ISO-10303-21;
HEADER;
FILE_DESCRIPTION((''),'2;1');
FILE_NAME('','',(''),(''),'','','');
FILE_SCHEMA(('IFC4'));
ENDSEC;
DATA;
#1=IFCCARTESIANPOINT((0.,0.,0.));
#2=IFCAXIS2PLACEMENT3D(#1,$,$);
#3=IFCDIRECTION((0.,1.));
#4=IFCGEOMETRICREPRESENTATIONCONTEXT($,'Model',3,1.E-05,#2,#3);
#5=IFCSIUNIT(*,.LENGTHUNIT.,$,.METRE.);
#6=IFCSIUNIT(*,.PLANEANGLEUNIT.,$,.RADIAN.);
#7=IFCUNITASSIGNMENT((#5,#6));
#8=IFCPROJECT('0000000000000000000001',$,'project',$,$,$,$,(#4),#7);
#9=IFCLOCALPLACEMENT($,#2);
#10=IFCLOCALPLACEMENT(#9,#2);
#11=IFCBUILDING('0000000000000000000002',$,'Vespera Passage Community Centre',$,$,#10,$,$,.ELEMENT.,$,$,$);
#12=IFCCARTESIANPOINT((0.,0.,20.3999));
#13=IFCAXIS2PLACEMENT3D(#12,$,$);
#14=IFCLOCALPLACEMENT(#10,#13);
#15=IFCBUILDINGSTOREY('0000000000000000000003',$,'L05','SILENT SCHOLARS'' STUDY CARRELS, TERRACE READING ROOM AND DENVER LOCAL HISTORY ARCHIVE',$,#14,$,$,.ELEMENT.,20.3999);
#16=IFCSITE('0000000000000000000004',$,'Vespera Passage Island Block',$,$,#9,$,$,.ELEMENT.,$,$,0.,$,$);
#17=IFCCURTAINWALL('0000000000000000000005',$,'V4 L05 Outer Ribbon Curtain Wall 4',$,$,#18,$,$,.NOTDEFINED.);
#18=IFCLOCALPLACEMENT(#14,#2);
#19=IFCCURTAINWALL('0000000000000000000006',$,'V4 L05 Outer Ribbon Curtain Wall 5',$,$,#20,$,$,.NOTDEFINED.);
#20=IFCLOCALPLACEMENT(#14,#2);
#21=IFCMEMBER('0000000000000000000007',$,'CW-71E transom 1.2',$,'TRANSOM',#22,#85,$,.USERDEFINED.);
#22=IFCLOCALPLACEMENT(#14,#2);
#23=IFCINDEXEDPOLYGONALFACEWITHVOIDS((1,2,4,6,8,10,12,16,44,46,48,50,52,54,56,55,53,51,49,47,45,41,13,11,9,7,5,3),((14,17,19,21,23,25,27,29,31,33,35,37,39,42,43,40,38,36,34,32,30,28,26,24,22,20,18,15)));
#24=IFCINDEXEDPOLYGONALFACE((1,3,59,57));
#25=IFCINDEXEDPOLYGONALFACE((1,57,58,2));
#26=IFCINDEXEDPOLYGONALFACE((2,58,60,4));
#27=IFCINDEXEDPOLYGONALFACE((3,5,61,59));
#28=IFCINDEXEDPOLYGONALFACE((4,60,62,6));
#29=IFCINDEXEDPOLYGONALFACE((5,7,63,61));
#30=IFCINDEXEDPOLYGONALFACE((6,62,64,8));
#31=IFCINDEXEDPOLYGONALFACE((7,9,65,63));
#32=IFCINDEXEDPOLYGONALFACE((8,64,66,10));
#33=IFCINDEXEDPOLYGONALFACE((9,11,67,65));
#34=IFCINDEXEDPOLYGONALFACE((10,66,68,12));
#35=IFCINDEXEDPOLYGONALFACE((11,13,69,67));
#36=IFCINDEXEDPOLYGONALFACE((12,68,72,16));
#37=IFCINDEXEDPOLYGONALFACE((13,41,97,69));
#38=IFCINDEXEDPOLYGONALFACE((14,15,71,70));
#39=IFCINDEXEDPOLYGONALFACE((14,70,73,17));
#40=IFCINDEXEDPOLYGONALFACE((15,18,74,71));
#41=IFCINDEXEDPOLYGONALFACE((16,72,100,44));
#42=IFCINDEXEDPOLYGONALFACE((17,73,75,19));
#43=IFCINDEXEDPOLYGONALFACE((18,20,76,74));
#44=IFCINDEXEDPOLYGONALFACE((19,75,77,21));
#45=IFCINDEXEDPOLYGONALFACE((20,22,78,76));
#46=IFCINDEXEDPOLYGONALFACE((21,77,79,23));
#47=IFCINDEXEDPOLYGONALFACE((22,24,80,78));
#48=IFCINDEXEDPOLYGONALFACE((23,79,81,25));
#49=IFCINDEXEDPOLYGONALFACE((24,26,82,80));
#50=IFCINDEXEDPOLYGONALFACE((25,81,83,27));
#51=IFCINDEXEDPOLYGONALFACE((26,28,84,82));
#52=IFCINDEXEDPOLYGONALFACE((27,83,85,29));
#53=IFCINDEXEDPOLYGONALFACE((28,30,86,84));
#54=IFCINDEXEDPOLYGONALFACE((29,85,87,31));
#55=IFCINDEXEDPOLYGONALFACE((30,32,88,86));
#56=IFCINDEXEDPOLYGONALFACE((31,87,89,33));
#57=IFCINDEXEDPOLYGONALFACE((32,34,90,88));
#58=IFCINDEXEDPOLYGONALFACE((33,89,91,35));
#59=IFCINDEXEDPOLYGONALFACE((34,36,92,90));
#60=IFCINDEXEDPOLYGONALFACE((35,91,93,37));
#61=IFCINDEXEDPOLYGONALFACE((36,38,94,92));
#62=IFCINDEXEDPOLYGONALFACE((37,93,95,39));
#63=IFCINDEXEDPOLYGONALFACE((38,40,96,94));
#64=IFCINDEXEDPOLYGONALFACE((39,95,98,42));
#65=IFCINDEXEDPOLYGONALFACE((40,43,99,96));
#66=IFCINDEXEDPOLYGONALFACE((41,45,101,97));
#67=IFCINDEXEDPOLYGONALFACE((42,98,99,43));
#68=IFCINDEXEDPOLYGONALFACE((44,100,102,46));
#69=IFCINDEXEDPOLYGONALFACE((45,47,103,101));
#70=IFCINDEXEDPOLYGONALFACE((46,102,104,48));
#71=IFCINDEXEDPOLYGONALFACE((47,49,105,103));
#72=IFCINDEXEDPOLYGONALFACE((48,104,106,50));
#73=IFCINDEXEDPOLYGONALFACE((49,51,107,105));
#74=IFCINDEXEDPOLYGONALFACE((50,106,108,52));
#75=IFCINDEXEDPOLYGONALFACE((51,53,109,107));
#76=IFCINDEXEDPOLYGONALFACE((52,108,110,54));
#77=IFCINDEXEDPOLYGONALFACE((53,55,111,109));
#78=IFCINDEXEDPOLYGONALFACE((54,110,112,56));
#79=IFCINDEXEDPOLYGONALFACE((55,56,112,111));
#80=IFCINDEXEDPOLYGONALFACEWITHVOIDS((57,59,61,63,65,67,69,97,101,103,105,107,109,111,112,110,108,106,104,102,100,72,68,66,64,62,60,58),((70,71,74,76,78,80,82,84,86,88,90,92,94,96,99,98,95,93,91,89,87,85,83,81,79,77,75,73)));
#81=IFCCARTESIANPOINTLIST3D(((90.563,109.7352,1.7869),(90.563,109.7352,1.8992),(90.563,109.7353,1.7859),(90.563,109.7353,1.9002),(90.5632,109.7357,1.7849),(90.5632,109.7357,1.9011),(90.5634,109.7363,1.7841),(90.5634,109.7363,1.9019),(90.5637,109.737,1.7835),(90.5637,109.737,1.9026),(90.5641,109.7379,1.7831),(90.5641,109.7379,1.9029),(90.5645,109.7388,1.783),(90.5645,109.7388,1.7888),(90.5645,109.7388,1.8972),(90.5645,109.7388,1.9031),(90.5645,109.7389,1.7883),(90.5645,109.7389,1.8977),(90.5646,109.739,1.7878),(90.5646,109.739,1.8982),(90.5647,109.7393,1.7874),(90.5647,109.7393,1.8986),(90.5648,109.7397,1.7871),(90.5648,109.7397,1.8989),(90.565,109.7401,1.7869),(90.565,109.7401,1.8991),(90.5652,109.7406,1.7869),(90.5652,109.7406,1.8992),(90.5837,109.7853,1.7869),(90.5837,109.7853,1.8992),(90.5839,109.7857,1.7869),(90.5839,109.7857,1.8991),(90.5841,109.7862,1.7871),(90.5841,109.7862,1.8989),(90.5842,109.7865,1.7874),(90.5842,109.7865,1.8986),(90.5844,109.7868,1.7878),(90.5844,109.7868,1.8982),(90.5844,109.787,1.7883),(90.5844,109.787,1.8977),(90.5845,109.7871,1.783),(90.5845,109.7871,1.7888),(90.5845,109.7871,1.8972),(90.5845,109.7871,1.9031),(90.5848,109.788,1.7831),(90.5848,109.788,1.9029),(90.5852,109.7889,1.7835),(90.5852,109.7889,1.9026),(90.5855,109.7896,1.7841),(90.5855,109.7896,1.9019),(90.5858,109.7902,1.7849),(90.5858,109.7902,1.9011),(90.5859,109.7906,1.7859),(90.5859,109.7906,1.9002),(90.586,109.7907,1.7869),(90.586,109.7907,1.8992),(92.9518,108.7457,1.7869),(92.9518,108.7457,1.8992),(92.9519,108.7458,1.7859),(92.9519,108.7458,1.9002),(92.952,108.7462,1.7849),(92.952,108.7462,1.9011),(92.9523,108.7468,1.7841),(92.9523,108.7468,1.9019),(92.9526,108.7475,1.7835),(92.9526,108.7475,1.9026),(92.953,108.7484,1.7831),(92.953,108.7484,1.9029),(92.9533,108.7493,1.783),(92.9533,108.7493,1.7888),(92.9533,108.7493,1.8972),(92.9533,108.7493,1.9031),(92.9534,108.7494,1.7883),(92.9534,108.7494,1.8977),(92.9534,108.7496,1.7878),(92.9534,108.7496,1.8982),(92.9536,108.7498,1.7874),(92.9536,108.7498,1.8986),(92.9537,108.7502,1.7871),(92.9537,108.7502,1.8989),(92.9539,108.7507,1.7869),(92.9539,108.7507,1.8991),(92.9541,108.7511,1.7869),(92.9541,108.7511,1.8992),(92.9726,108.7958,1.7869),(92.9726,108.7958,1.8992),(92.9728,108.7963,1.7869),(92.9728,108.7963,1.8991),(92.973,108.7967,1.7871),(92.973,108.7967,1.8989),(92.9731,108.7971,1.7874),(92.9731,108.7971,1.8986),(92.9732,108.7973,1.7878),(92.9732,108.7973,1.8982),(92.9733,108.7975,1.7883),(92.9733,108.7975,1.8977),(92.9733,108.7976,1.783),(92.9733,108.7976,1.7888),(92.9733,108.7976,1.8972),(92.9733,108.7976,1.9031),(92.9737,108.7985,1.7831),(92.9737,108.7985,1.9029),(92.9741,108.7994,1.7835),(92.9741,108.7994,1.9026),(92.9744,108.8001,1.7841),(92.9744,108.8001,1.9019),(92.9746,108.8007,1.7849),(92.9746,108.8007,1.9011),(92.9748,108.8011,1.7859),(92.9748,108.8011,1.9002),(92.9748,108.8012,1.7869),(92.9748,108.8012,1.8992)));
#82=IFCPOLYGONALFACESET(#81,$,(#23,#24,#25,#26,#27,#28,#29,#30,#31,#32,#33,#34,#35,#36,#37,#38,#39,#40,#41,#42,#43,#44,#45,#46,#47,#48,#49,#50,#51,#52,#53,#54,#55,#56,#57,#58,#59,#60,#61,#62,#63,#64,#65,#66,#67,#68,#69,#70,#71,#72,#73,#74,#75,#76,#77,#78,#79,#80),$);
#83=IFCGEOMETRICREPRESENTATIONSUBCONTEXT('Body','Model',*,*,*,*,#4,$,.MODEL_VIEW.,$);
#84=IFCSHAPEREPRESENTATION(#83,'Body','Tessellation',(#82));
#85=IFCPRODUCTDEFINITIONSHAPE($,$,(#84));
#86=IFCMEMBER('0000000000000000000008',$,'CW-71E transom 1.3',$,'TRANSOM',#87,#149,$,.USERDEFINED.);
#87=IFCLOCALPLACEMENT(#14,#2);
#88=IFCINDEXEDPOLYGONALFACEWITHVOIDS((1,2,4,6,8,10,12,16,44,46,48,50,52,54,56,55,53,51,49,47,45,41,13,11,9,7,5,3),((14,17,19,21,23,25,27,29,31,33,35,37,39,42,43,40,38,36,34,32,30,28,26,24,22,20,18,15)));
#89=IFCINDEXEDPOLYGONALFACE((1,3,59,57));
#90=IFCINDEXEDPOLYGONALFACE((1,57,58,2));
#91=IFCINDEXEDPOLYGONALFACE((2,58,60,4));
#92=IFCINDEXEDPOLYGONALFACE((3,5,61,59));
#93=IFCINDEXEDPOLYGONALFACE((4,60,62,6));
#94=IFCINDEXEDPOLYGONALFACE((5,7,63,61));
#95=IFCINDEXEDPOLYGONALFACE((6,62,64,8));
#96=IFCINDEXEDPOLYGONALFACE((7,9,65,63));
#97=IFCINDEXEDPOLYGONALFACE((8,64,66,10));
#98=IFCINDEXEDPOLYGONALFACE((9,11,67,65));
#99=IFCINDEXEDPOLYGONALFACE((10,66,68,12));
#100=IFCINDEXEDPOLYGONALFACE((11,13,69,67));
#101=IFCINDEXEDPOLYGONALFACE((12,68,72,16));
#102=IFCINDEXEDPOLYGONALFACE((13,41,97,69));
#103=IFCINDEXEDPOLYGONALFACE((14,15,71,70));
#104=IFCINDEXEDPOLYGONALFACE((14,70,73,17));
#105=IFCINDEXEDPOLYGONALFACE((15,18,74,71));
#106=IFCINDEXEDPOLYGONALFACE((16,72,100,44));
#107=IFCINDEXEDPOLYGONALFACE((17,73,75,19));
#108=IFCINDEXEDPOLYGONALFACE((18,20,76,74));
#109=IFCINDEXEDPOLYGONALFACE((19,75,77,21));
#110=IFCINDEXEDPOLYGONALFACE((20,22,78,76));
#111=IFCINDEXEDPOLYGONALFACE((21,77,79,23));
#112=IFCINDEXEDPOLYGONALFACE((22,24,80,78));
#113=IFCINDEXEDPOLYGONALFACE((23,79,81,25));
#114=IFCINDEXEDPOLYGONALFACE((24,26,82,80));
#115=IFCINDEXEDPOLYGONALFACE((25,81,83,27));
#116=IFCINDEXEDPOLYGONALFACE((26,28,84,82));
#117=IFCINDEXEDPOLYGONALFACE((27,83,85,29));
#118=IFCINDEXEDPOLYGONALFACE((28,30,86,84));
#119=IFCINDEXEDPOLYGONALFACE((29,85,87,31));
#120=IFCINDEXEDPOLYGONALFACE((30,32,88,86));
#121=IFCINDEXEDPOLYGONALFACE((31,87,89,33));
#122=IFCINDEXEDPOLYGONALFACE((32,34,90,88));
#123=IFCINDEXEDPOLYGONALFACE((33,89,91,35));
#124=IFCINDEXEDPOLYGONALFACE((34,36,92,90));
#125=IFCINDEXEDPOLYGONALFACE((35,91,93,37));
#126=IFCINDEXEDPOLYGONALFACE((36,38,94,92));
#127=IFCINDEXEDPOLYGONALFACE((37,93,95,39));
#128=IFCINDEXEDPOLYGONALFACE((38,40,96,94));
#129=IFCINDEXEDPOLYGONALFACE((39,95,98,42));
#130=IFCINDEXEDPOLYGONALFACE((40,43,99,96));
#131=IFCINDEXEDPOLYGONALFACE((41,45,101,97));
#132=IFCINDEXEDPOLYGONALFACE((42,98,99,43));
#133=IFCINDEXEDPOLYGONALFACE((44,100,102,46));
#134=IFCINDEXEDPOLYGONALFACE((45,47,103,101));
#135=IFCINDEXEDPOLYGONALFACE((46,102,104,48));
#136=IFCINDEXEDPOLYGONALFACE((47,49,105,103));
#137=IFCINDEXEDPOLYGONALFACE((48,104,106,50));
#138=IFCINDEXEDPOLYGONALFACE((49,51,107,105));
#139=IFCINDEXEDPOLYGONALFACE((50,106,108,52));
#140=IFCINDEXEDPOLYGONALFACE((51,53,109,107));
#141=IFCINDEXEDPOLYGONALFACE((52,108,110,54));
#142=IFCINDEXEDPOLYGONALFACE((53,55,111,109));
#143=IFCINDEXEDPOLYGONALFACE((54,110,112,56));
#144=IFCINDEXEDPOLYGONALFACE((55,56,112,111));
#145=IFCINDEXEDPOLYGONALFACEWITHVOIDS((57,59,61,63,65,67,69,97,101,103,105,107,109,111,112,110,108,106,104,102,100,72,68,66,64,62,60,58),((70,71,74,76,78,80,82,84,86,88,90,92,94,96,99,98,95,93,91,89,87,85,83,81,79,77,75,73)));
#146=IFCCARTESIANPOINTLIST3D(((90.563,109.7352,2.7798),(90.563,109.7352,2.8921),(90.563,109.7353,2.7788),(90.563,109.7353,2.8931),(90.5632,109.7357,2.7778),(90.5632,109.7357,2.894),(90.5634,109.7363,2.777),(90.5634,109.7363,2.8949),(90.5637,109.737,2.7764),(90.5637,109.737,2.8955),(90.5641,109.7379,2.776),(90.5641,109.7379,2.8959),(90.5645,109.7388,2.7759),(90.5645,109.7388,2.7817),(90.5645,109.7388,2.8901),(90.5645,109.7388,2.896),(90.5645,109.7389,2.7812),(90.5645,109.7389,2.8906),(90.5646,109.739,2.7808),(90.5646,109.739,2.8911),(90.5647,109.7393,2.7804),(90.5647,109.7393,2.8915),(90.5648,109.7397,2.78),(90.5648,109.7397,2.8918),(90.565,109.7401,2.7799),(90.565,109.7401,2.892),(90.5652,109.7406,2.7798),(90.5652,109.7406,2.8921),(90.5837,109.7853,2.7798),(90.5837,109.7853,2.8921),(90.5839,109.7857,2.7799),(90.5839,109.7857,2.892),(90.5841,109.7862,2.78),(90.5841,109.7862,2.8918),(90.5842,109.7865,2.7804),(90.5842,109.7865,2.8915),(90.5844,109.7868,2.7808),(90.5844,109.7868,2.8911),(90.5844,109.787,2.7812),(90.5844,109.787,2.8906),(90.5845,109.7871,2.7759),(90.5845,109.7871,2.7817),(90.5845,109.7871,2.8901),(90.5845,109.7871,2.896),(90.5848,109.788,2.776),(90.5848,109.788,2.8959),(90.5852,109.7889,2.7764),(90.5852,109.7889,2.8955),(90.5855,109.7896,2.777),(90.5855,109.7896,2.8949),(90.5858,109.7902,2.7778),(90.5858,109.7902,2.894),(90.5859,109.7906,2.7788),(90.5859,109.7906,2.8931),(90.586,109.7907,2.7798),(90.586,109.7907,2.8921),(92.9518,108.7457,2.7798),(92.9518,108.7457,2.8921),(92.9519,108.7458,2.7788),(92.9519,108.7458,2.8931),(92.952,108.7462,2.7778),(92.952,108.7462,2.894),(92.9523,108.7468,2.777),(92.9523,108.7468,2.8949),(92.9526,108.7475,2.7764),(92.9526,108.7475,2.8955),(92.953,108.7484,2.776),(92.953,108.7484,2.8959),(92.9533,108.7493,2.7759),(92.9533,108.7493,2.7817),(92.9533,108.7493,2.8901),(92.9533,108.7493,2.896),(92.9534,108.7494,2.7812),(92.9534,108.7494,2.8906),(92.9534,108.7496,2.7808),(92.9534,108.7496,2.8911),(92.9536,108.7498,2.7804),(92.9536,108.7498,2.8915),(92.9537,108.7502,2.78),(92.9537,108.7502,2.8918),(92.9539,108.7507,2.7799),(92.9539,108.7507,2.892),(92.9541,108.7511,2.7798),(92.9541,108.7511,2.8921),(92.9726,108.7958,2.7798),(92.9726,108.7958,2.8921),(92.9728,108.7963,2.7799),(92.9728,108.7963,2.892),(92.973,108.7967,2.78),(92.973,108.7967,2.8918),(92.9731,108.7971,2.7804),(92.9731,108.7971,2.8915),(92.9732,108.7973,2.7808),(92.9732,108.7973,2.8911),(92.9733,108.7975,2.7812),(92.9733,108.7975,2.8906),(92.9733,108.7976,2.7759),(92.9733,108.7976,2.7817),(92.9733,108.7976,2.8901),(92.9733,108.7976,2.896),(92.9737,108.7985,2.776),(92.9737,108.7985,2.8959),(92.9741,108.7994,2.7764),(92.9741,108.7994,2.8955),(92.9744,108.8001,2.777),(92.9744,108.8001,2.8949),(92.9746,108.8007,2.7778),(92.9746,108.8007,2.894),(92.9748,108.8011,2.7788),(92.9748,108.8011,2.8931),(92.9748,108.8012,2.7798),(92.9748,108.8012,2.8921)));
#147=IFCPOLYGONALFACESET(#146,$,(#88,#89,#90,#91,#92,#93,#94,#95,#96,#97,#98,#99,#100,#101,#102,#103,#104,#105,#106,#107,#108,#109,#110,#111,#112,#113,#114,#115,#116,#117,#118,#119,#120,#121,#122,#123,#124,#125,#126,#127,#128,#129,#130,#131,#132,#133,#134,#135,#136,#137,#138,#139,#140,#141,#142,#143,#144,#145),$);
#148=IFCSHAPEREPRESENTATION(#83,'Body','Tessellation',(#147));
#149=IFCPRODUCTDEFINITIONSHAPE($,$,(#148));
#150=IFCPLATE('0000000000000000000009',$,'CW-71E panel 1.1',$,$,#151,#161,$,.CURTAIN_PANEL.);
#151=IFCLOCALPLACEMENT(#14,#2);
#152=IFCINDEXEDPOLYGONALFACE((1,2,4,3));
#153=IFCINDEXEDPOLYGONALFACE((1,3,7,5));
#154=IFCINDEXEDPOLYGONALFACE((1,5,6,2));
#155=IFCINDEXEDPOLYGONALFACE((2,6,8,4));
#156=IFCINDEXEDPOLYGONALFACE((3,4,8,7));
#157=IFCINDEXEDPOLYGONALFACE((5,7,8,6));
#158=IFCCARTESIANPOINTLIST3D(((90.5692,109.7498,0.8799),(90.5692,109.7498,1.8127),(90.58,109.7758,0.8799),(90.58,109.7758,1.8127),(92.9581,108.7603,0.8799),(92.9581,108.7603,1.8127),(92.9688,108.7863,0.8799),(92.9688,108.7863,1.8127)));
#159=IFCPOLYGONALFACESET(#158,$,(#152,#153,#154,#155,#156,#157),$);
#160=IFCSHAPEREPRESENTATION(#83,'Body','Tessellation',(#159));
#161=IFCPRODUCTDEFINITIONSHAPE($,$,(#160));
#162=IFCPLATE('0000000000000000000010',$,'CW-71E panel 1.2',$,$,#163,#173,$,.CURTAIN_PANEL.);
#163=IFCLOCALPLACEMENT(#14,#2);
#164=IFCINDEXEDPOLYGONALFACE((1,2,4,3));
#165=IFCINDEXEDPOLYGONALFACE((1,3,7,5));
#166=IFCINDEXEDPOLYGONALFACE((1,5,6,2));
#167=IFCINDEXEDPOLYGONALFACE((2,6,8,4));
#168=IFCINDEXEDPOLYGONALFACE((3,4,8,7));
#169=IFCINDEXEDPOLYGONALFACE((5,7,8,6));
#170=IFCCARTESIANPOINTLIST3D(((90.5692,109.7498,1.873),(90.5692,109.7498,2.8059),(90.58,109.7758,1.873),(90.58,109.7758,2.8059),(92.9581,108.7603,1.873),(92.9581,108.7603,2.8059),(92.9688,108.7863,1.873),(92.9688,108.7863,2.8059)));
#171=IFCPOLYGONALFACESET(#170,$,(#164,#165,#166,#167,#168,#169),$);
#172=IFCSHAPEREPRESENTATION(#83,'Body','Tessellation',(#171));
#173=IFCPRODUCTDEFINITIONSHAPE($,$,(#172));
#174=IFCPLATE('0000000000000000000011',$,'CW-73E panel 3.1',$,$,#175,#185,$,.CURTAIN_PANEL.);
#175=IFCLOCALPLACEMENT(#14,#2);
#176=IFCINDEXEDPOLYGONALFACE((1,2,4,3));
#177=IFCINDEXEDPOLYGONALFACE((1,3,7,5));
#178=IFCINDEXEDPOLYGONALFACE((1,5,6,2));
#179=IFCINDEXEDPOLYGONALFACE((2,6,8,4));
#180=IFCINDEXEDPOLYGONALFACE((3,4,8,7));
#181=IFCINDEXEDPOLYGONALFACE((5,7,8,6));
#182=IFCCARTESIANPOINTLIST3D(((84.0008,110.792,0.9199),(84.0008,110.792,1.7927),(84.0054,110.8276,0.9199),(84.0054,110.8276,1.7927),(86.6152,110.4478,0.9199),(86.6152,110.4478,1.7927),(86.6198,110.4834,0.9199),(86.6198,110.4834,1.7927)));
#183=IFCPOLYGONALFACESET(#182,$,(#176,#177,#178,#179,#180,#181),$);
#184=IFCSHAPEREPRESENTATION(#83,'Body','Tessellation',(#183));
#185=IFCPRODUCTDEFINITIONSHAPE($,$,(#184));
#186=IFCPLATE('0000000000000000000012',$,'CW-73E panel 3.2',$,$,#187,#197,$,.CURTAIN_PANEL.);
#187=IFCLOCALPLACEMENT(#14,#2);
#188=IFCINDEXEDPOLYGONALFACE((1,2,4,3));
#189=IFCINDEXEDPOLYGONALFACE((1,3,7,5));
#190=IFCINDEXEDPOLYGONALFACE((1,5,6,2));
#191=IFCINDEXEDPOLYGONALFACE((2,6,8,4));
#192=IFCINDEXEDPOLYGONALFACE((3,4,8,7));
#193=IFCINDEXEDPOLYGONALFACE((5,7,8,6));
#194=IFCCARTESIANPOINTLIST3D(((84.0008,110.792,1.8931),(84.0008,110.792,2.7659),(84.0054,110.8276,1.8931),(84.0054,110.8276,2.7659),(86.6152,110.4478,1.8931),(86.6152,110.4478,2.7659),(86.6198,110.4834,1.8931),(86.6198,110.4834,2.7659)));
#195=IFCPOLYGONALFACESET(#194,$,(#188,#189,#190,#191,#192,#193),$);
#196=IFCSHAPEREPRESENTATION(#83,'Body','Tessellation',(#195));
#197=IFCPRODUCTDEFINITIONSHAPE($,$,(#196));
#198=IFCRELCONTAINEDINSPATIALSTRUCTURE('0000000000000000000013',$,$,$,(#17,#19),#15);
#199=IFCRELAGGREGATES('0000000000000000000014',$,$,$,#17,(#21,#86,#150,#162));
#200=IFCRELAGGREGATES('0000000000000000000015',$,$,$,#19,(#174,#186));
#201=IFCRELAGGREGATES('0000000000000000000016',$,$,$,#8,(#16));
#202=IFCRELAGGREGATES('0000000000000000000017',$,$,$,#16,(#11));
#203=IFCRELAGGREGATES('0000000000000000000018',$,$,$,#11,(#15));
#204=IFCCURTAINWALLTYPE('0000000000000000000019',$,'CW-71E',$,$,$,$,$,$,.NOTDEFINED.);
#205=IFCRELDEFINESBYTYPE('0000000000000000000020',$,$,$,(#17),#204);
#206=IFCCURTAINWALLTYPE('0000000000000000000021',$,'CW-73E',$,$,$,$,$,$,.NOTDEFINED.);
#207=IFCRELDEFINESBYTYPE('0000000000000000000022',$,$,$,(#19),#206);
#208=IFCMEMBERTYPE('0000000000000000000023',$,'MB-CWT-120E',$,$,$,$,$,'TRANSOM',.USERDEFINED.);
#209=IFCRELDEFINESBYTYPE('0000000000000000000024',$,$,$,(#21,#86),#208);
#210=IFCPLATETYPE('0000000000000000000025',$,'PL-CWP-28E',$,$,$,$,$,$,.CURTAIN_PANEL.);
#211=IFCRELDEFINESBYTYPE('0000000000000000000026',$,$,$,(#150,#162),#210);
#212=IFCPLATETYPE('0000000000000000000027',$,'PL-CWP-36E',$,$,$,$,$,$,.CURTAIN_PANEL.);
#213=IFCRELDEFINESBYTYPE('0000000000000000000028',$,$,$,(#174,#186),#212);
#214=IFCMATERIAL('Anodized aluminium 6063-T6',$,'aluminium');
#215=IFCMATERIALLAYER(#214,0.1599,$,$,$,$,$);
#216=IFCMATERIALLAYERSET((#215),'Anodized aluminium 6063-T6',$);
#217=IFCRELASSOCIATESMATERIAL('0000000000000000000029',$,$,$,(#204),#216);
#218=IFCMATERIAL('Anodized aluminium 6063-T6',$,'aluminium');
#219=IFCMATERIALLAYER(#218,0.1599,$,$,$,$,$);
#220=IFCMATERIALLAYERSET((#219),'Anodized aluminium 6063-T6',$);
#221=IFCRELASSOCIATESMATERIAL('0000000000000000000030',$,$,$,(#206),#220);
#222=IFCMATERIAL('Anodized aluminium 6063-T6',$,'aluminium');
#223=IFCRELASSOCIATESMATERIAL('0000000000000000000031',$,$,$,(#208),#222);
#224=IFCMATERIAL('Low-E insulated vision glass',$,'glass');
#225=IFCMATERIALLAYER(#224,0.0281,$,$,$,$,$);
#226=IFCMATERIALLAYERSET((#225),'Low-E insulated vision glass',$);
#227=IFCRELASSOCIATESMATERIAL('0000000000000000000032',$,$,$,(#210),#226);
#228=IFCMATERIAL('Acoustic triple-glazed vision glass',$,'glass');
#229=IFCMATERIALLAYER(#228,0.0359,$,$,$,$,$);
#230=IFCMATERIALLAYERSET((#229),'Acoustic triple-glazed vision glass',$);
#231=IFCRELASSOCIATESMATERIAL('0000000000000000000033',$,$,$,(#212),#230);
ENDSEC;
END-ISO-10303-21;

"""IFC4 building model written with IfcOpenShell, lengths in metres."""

from ifc_helpers import new_model, si_unit, direction, frame, origin, origin_2d, place, context, subcontext, project, spatial, rectangle, hollow_rectangle, extrude, material, layer, layer_set, material_profile, profile_set, type_object, element, aggregate, save


model = new_model("IFC4")

# Units and contexts
model_context = context("Model", 3, precision=1e-05, world=origin(), true_north=direction((0.0, 1.0)))
body_context = subcontext(model_context, "Body", "Model", "MODEL_VIEW")
ifc_project = project(units=[si_unit("LENGTHUNIT", "METRE"), si_unit("PLANEANGLEUNIT", "RADIAN")], contexts=[model_context])

# Site, building, storey
site_placement = place(None, origin())
site = spatial("IfcSite", under=ifc_project, at=site_placement, Name="Vespera Passage Island Block", CompositionType="ELEMENT", RefElevation=0.0)
building_placement = place(site_placement, origin())
building = spatial("IfcBuilding", under=site, at=building_placement, Name="Vespera Passage Community Centre", CompositionType="ELEMENT")
storey_placement = place(building_placement, frame((0.0, 0.0, 20.3999)))
storey = spatial("IfcBuildingStorey", under=building, at=storey_placement, Name="L05", Description="SILENT SCHOLARS' STUDY CARRELS, TERRACE READING ROOM AND DENVER LOCAL HISTORY ARCHIVE", CompositionType="ELEMENT", Elevation=20.3999)

# Curtain wall
ifc_material_1 = material(Name="Anodized aluminium 6063-T6", Category="aluminium")
ifc_layer_1 = layer(ifc_material_1, 0.1599)
ifc_layer_set_1 = layer_set([ifc_layer_1], Name="Anodized aluminium 6063-T6")
curtain_wall_type_1 = type_object("IfcCurtainWallType", Name="CW-71E", PredefinedType="NOTDEFINED", material=ifc_layer_set_1)
curtain_wall_1_placement = place(storey_placement, origin())
curtain_wall_1 = element("IfcCurtainWall", 1, at=curtain_wall_1_placement, inside=storey, type_object=curtain_wall_type_1, Name="V4 L05 Outer Ribbon Curtain Wall 4", PredefinedType="NOTDEFINED")

# Curtain wall
ifc_material_2 = material(Name="Anodized aluminium 6063-T6", Category="aluminium")
ifc_layer_2 = layer(ifc_material_2, 0.1599)
ifc_layer_set_2 = layer_set([ifc_layer_2], Name="Anodized aluminium 6063-T6")
curtain_wall_type_2 = type_object("IfcCurtainWallType", Name="CW-73E", PredefinedType="NOTDEFINED", material=ifc_layer_set_2)
curtain_wall_2_placement = place(storey_placement, origin())
curtain_wall_2 = element("IfcCurtainWall", 2, at=curtain_wall_2_placement, inside=storey, type_object=curtain_wall_type_2, Name="V4 L05 Outer Ribbon Curtain Wall 5", PredefinedType="NOTDEFINED")

# Members
ifc_material_3 = material(Name="Anodized aluminium 6063-T6", Category="aluminium")
ifc_material_profile_1 = material_profile(ifc_material_3, hollow_rectangle(XDim=0.0601, YDim=0.1201, WallThickness=0.0039, InnerFilletRadius=0.002, OuterFilletRadius=0.0039, at=origin_2d()), Name="ALU120X60X4")
ifc_profile_set_1 = profile_set([ifc_material_profile_1], Name="Anodized aluminium 6063-T6")
member_type_1 = type_object("IfcMemberType", Name="MB-CWT-120E", ElementType="TRANSOM", PredefinedType="USERDEFINED", material=ifc_profile_set_1)
member_1_placement = place(storey_placement, frame((90.5745, 109.7629, 1.843), z_axis=(0.923882, -0.382677, 0.0), x_axis=(0.382677, 0.923882, 0.0)))
member_1 = element("IfcMember", 3, at=member_1_placement, type_object=member_type_1, Name="CW-71E transom 1.2", ObjectType="TRANSOM", PredefinedType="USERDEFINED", context=body_context, shape_type="SweptSolid", body=[
    extrude(hollow_rectangle(XDim=0.0601, YDim=0.1201, WallThickness=0.0039, InnerFilletRadius=0.002, OuterFilletRadius=0.0039, at=origin_2d()), origin(), (0.0, 0.0, 1.0), 2.5857),
])
member_2_placement = place(storey_placement, frame((90.5745, 109.7629, 2.8359), z_axis=(0.923882, -0.382677, 0.0), x_axis=(0.382677, 0.923882, 0.0)))
member_2 = element("IfcMember", 4, at=member_2_placement, type_object=member_type_1, Name="CW-71E transom 1.3", ObjectType="TRANSOM", PredefinedType="USERDEFINED", context=body_context, shape_type="SweptSolid", body=[
    extrude(hollow_rectangle(XDim=0.0601, YDim=0.1201, WallThickness=0.0039, InnerFilletRadius=0.002, OuterFilletRadius=0.0039, at=origin_2d()), origin(), (0.0, 0.0, 1.0), 2.5857),
])

# Plates
ifc_material_4 = material(Name="Low-E insulated vision glass", Category="glass")
ifc_layer_3 = layer(ifc_material_4, 0.0281)
ifc_layer_set_3 = layer_set([ifc_layer_3], Name="Low-E insulated vision glass")
plate_type_1 = type_object("IfcPlateType", Name="PL-CWP-28E", PredefinedType="CURTAIN_PANEL", material=ifc_layer_set_3)
plate_1_placement = place(storey_placement, frame((91.769, 109.2681, 0.8799), z_axis=(0.0, 0.0, 1.0), x_axis=(0.92388, -0.382683, 0.0)))
plate_1 = element("IfcPlate", 5, at=plate_1_placement, type_object=plate_type_1, Name="CW-71E panel 1.1", PredefinedType="CURTAIN_PANEL", context=body_context, shape_type="SweptSolid", body=[
    extrude(rectangle(XDim=2.5857, YDim=0.0281, at=origin_2d()), origin(), (0.0, 0.0, 1.0), 0.9329),
])
plate_2_placement = place(storey_placement, frame((91.769, 109.2681, 1.873), z_axis=(0.0, 0.0, 1.0), x_axis=(0.92388, -0.382683, 0.0)))
plate_2 = element("IfcPlate", 6, at=plate_2_placement, type_object=plate_type_1, Name="CW-71E panel 1.2", PredefinedType="CURTAIN_PANEL", context=body_context, shape_type="SweptSolid", body=[
    extrude(rectangle(XDim=2.5857, YDim=0.0281, at=origin_2d()), origin(), (0.0, 0.0, 1.0), 0.9329),
])
aggregate(curtain_wall_1, [member_1, member_2, plate_1, plate_2])
ifc_material_5 = material(Name="Acoustic triple-glazed vision glass", Category="glass")
ifc_layer_4 = layer(ifc_material_5, 0.0359)
ifc_layer_set_4 = layer_set([ifc_layer_4], Name="Acoustic triple-glazed vision glass")
plate_type_2 = type_object("IfcPlateType", Name="PL-CWP-36E", PredefinedType="CURTAIN_PANEL", material=ifc_layer_set_4)
plate_3_placement = place(storey_placement, frame((85.3103, 110.6377, 0.9199), z_axis=(0.0, 0.0, 1.0), x_axis=(0.991444, -0.130531, 0.0)))
plate_3 = element("IfcPlate", 7, at=plate_3_placement, type_object=plate_type_2, Name="CW-73E panel 3.1", PredefinedType="CURTAIN_PANEL", context=body_context, shape_type="SweptSolid", body=[
    extrude(rectangle(XDim=2.637, YDim=0.0359, at=origin_2d()), origin(), (0.0, 0.0, 1.0), 0.8728),
])
plate_4_placement = place(storey_placement, frame((85.3103, 110.6377, 1.8931), z_axis=(0.0, 0.0, 1.0), x_axis=(0.991444, -0.130531, 0.0)))
plate_4 = element("IfcPlate", 8, at=plate_4_placement, type_object=plate_type_2, Name="CW-73E panel 3.2", PredefinedType="CURTAIN_PANEL", context=body_context, shape_type="SweptSolid", body=[
    extrude(rectangle(XDim=2.637, YDim=0.0359, at=origin_2d()), origin(), (0.0, 0.0, 1.0), 0.8728),
])
aggregate(curtain_wall_2, [plate_3, plate_4])

save(model, "model.ifc")
